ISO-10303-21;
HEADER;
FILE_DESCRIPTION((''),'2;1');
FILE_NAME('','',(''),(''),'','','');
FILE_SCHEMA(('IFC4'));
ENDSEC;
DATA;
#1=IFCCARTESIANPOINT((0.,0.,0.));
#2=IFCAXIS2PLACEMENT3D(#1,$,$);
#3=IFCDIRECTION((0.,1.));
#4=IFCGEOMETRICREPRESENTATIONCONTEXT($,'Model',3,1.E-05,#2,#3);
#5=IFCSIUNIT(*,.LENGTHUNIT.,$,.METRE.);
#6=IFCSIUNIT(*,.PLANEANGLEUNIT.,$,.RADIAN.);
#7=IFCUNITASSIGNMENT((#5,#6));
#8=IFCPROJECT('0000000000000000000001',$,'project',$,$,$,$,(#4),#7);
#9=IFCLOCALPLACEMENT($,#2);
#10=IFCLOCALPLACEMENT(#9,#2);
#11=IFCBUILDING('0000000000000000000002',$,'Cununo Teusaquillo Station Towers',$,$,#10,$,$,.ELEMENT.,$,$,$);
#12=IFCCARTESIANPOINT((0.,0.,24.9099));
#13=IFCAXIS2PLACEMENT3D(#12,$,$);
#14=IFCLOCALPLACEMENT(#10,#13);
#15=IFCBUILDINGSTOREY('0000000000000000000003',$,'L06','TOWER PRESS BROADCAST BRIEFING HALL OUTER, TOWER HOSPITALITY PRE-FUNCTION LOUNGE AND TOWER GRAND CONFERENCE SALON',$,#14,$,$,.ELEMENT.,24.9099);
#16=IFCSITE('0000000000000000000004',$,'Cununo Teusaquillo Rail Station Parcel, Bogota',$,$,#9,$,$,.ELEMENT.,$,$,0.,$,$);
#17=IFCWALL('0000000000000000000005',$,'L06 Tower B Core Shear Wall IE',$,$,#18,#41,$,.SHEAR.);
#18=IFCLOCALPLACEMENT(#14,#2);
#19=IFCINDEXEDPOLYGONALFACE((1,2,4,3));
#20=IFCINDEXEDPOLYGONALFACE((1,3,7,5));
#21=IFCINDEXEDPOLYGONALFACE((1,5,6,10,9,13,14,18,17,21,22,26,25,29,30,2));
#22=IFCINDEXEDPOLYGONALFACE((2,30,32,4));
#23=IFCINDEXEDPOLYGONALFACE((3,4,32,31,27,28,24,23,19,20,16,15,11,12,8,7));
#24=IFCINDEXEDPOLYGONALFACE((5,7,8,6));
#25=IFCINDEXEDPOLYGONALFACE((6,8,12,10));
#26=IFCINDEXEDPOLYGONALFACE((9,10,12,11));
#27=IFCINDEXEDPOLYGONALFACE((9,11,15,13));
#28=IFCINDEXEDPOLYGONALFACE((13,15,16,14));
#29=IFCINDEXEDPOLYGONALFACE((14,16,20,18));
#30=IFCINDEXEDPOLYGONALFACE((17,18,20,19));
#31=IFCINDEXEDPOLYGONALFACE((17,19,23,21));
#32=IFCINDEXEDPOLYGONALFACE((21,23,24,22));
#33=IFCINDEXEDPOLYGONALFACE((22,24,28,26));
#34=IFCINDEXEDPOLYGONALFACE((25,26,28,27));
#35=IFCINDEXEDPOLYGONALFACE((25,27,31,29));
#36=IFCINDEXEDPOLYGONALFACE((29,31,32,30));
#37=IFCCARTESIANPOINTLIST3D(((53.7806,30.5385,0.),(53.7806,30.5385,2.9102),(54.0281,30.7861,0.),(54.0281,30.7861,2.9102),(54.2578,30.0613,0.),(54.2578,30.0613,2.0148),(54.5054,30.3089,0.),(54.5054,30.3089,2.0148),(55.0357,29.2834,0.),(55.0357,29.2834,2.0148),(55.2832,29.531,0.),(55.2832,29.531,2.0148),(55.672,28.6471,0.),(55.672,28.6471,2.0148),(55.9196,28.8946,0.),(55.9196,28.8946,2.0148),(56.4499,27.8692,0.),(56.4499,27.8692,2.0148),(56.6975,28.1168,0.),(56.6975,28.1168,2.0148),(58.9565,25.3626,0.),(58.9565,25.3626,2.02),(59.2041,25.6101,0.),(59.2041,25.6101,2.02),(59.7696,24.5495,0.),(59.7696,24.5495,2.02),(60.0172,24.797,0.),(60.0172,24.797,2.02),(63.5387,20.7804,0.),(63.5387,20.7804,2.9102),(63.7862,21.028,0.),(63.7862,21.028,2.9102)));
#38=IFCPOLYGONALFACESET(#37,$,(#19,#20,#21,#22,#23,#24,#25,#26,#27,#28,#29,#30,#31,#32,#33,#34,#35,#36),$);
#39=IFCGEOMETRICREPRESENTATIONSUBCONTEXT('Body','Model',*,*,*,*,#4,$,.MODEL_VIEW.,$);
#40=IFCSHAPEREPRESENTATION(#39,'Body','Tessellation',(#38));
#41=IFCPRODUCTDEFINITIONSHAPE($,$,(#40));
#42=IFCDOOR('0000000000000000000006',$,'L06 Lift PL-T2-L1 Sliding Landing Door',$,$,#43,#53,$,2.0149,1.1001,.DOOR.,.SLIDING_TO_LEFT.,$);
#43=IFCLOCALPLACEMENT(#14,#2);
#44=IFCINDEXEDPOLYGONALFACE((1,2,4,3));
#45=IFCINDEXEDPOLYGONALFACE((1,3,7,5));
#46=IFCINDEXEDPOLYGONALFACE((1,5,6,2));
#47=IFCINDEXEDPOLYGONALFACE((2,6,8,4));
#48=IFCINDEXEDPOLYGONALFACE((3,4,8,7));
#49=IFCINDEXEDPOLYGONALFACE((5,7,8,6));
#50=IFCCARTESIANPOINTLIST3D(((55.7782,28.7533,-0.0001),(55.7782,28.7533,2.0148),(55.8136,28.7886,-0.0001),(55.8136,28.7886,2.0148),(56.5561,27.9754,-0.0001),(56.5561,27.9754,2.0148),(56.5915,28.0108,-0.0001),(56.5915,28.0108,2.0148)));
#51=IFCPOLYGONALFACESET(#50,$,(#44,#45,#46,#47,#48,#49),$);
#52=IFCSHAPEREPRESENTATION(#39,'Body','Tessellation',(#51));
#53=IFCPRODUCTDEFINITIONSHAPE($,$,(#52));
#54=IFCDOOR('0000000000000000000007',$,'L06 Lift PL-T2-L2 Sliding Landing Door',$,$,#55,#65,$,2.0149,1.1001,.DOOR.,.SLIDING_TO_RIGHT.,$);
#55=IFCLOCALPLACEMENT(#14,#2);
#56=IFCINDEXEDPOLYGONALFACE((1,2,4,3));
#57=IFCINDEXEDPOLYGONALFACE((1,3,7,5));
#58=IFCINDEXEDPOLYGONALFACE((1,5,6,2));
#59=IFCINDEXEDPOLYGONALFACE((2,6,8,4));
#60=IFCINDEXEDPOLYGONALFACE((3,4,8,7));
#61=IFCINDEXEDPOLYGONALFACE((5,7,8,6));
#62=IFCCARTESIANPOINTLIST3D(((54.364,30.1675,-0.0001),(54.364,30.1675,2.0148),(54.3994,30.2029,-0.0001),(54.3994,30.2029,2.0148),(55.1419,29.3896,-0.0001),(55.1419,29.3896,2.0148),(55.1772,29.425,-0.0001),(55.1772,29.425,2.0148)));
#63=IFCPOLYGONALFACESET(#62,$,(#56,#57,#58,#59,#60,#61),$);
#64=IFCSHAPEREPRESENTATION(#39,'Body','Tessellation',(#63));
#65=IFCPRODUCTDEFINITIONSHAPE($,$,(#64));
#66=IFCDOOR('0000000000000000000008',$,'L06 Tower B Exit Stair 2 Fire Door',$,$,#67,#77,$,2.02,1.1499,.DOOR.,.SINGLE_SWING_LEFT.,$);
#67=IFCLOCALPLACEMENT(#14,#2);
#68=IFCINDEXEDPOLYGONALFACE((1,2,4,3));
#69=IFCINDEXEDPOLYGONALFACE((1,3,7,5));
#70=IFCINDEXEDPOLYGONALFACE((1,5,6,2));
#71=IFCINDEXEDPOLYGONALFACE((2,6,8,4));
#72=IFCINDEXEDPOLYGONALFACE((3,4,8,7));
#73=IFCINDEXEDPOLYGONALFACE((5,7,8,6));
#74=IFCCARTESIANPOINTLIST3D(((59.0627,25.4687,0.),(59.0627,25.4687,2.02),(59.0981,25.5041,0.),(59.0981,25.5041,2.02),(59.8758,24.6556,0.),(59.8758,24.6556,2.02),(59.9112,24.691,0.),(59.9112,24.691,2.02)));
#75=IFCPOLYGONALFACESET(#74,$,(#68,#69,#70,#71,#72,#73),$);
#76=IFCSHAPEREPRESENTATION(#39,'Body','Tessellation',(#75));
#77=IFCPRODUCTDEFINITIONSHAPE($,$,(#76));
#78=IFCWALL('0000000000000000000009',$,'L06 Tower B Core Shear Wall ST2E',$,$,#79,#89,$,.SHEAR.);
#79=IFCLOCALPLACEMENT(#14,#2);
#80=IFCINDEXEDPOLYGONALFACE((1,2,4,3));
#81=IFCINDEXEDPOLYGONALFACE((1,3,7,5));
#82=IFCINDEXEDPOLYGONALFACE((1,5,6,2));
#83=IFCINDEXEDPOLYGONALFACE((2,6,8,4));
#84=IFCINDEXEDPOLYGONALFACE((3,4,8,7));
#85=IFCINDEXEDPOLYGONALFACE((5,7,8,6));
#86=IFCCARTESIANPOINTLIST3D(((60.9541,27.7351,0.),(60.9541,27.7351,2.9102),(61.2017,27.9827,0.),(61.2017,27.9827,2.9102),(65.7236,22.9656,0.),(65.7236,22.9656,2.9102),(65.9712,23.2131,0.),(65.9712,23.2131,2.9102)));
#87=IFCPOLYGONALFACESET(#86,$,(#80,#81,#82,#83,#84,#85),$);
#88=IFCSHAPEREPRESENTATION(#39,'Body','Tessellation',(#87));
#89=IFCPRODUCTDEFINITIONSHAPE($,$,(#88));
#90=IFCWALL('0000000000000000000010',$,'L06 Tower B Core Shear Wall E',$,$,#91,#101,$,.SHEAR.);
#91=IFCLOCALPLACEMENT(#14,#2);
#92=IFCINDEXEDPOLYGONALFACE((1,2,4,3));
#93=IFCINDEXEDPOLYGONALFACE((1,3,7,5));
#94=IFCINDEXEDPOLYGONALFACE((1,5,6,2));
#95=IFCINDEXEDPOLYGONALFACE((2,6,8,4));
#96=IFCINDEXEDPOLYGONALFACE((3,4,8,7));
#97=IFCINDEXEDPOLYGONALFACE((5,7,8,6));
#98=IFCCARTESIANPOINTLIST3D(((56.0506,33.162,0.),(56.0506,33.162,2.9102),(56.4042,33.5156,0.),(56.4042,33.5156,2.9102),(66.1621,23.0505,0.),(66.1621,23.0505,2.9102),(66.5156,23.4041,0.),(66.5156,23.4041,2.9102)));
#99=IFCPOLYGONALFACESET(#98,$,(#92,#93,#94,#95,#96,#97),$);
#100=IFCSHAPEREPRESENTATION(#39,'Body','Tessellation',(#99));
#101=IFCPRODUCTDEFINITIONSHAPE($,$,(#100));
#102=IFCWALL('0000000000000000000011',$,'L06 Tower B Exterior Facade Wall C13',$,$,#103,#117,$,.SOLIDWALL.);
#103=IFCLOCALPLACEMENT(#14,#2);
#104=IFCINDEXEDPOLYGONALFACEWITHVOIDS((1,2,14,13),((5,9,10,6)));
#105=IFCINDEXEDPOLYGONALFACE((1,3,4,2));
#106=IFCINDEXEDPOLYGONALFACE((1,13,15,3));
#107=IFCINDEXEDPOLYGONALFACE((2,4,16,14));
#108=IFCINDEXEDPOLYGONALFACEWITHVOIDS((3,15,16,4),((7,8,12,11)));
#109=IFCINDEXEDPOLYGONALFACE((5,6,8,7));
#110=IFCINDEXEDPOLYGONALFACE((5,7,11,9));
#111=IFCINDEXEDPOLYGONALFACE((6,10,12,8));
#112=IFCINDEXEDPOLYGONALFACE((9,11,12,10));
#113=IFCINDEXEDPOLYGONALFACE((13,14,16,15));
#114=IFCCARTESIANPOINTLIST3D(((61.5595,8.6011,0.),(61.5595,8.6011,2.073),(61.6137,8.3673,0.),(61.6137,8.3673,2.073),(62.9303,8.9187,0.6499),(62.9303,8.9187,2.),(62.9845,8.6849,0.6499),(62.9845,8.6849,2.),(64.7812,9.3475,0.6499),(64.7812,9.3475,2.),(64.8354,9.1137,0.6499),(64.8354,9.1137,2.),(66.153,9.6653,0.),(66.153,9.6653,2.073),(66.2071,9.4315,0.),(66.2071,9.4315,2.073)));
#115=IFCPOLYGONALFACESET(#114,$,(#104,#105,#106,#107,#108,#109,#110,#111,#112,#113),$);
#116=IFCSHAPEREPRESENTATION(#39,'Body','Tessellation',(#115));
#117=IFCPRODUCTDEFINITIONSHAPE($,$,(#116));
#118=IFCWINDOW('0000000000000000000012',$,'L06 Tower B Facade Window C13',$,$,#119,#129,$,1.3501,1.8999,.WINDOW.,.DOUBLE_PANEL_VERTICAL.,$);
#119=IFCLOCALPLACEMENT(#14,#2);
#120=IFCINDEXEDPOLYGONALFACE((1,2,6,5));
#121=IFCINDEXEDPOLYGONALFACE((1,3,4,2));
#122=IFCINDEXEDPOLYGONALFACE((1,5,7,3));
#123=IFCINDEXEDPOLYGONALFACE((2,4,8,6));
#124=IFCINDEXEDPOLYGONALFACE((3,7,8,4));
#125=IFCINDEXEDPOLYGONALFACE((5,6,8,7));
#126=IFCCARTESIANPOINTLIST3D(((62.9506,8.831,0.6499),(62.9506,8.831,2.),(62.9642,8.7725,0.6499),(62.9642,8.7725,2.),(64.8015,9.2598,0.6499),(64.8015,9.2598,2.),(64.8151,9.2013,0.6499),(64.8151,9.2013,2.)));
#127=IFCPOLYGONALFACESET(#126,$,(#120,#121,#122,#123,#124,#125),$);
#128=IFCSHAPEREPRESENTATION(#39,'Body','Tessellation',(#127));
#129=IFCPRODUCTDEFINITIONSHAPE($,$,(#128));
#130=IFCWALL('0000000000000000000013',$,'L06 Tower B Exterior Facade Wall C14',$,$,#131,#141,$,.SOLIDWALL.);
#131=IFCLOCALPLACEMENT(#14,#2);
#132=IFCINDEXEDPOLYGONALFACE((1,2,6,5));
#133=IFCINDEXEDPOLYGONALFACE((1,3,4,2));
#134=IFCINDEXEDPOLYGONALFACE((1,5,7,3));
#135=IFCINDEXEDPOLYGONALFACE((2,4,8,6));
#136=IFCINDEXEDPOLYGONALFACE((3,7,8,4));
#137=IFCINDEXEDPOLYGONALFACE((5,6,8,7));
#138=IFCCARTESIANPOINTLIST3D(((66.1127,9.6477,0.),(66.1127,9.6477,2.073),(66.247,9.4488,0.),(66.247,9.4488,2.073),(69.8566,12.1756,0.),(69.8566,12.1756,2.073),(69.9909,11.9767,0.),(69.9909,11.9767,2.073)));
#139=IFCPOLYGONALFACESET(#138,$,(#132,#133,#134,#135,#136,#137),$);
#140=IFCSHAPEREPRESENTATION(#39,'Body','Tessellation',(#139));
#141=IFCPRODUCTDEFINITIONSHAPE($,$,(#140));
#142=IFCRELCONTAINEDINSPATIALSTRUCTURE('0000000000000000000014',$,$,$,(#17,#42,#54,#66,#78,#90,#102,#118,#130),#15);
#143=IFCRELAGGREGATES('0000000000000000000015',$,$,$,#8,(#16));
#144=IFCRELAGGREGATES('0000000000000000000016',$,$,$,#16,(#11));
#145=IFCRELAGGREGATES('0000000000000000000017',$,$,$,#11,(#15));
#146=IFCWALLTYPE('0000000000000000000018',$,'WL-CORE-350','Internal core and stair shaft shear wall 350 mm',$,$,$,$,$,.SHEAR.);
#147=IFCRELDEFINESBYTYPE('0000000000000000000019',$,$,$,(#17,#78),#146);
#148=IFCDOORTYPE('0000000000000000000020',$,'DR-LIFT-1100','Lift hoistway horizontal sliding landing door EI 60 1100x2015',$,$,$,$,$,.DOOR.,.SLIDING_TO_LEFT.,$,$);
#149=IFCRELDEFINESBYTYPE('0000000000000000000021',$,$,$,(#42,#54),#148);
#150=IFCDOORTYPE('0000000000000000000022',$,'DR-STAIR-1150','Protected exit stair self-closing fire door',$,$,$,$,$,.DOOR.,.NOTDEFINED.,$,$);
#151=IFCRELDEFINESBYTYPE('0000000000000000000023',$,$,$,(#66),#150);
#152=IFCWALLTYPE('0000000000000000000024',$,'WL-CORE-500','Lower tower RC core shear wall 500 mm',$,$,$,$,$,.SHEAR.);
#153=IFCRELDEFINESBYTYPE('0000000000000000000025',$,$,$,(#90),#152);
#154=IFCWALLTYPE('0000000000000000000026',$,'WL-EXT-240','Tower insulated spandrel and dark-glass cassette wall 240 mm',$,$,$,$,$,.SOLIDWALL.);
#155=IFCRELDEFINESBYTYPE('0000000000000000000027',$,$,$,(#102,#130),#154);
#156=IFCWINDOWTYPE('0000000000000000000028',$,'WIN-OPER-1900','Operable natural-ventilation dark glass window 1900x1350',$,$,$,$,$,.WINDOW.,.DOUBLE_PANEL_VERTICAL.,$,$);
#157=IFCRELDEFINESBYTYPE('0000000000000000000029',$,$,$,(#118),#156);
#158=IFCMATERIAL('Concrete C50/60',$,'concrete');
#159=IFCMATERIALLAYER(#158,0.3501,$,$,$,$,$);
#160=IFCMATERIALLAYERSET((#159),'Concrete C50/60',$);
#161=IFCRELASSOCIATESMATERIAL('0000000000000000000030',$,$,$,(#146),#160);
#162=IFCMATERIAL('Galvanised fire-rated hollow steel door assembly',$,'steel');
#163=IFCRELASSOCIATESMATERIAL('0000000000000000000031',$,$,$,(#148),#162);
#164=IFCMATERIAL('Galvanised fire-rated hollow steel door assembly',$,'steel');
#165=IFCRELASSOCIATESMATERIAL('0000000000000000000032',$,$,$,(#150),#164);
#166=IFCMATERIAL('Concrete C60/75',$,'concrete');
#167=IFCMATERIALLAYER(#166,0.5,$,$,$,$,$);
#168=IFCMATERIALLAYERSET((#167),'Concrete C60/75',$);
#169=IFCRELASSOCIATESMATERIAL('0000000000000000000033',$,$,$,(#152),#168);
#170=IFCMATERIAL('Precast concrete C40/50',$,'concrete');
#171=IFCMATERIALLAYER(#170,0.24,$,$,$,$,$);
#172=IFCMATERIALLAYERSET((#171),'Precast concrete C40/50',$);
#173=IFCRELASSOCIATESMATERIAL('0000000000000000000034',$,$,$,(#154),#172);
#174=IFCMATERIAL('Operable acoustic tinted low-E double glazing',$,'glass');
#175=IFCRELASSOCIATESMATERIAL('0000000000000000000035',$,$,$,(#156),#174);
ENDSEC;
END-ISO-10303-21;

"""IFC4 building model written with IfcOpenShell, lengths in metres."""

from ifc_helpers import new_model, si_unit, direction, frame, frame_2d, origin, place, context, subcontext, project, spatial, rectangle, extrude, source, transform, mapped, material, layer, layer_set, type_object, element, fill, save


model = new_model("IFC4")

# Units and contexts
model_context = context("Model", 3, precision=1e-05, world=origin(), true_north=direction((0.0, 1.0)))
body_context = subcontext(model_context, "Body", "Model", "MODEL_VIEW")
ifc_project = project(units=[si_unit("LENGTHUNIT", "METRE"), si_unit("PLANEANGLEUNIT", "RADIAN")], contexts=[model_context])

# Site, building, storey
site_placement = place(None, origin())
site = spatial("IfcSite", under=ifc_project, at=site_placement, Name="Cununo Teusaquillo Rail Station Parcel, Bogota", CompositionType="ELEMENT", RefElevation=0.0)
building_placement = place(site_placement, origin())
building = spatial("IfcBuilding", under=site, at=building_placement, Name="Cununo Teusaquillo Station Towers", CompositionType="ELEMENT")
storey_placement = place(building_placement, frame((0.0, 0.0, 24.9099)))
storey = spatial("IfcBuildingStorey", under=building, at=storey_placement, Name="L06", Description="TOWER PRESS BROADCAST BRIEFING HALL OUTER, TOWER HOSPITALITY PRE-FUNCTION LOUNGE AND TOWER GRAND CONFERENCE SALON", CompositionType="ELEMENT", Elevation=24.9099)

# Wall, openings, doors
ifc_material_1 = material(Name="Concrete C50/60", Category="concrete")
ifc_layer_1 = layer(ifc_material_1, 0.3501)
ifc_layer_set_1 = layer_set([ifc_layer_1], Name="Concrete C50/60")
wall_type_1 = type_object("IfcWallType", Name="WL-CORE-350", Description="Internal core and stair shaft shear wall 350 mm", PredefinedType="SHEAR", material=ifc_layer_set_1)
wall_1_placement = place(storey_placement, frame((63.6624, 20.9043, 0.0), z_axis=(0.0, 0.0, 1.0), x_axis=(-0.707107, 0.707107, 0.0)))
wall_1 = element("IfcWall", 1, at=wall_1_placement, inside=storey, type_object=wall_type_1, Name="L06 Tower B Core Shear Wall IE", PredefinedType="SHEAR", context=body_context, shape_type="SweptSolid", body=[
    extrude(rectangle(XDim=13.8, YDim=0.3501, at=frame_2d((6.8999, 0.0))), origin(), (0.0, 0.0, 1.0), 2.9102),
])
shared_shape_1 = source(origin(), body_context, "Body", "SweptSolid", [
    extrude(rectangle(XDim=1.1001, YDim=2.0149, at=frame_2d((0.55, 1.0073))), frame((0.0, 0.1851, 0.0), z_axis=(0.0, -1.0, 0.0), x_axis=(1.0, 0.0, 0.0)), (0.0, 0.0, 1.0), 0.3701),
])
opening_1_placement = place(wall_1_placement, frame((10.0249, 0.0, 0.0)))
opening_1 = element("IfcOpeningElement", 2, at=opening_1_placement, cuts=wall_1, PredefinedType="OPENING", context=body_context, shape_type="MappedRepresentation", body=[
    mapped(shared_shape_1, transform((0.0, 0.0, 0.0), x_axis=(1.0, 0.0, 0.0), y_axis=(0.0, 1.0, 0.0), z_axis=(0.0, 0.0, 1.0), scale=1.0)),
])
opening_2_placement = place(wall_1_placement, frame((12.0249, 0.0, 0.0)))
opening_2 = element("IfcOpeningElement", 3, at=opening_2_placement, cuts=wall_1, PredefinedType="OPENING", context=body_context, shape_type="MappedRepresentation", body=[
    mapped(shared_shape_1, transform((0.0, 0.0, 0.0), x_axis=(1.0, 0.0, 0.0), y_axis=(0.0, 1.0, 0.0), z_axis=(0.0, 0.0, 1.0), scale=1.0)),
])
shared_shape_2 = source(origin(), body_context, "Body", "SweptSolid", [
    extrude(rectangle(XDim=1.1499, YDim=2.02, at=frame_2d((0.575, 1.01))), frame((0.0, 0.1851, 0.0), z_axis=(0.0, -1.0, 0.0), x_axis=(1.0, 0.0, 0.0)), (0.0, 0.0, 1.0), 0.3701),
])
opening_3_placement = place(wall_1_placement, frame((5.3301, 0.0, 0.0)))
opening_3 = element("IfcOpeningElement", 4, at=opening_3_placement, cuts=wall_1, PredefinedType="OPENING", context=body_context, shape_type="MappedRepresentation", body=[
    mapped(shared_shape_2, transform((0.0, 0.0, 0.0), x_axis=(1.0, 0.0, 0.0), y_axis=(0.0, 1.0, 0.0), z_axis=(0.0, 0.0, 1.0), scale=1.0)),
])
ifc_material_2 = material(Name="Galvanised fire-rated hollow steel door assembly", Category="steel")
door_type_1 = type_object("IfcDoorType", Name="DR-LIFT-1100", Description="Lift hoistway horizontal sliding landing door EI 60 1100x2015", OperationType="SLIDING_TO_LEFT", PredefinedType="DOOR", material=ifc_material_2)
shared_shape_3 = source(origin(), body_context, "Body", "SweptSolid", [
    extrude(rectangle(XDim=1.1001, YDim=2.0149, at=frame_2d((0.55, 1.0073))), frame((0.0, 0.0249, 0.0), z_axis=(0.0, -1.0, 0.0), x_axis=(1.0, 0.0, 0.0)), (0.0, 0.0, 1.0), 0.05),
])
door_1_placement = place(opening_1_placement, origin())
door_1 = element("IfcDoor", 5, at=door_1_placement, inside=storey, type_object=door_type_1, Name="L06 Lift PL-T2-L1 Sliding Landing Door", OperationType="SLIDING_TO_LEFT", OverallHeight=2.0149, OverallWidth=1.1001, PredefinedType="DOOR", context=body_context, shape_type="MappedRepresentation", body=[
    mapped(shared_shape_3, transform((0.0, 0.0, 0.0), x_axis=(1.0, 0.0, 0.0), y_axis=(0.0, 1.0, 0.0), z_axis=(0.0, 0.0, 1.0), scale=1.0)),
])
fill(opening_1, door_1)
door_2_placement = place(opening_2_placement, origin())
door_2 = element("IfcDoor", 6, at=door_2_placement, inside=storey, type_object=door_type_1, Name="L06 Lift PL-T2-L2 Sliding Landing Door", OperationType="SLIDING_TO_RIGHT", OverallHeight=2.0149, OverallWidth=1.1001, PredefinedType="DOOR", context=body_context, shape_type="MappedRepresentation", body=[
    mapped(shared_shape_3, transform((0.0, 0.0, 0.0), x_axis=(1.0, 0.0, 0.0), y_axis=(0.0, 1.0, 0.0), z_axis=(0.0, 0.0, 1.0), scale=1.0)),
])
fill(opening_2, door_2)
ifc_material_3 = material(Name="Galvanised fire-rated hollow steel door assembly", Category="steel")
door_type_2 = type_object("IfcDoorType", Name="DR-STAIR-1150", Description="Protected exit stair self-closing fire door", OperationType="NOTDEFINED", PredefinedType="DOOR", material=ifc_material_3)
shared_shape_4 = source(origin(), body_context, "Body", "SweptSolid", [
    extrude(rectangle(XDim=1.1499, YDim=2.02, at=frame_2d((0.575, 1.01))), frame((0.0, 0.0249, 0.0), z_axis=(0.0, -1.0, 0.0), x_axis=(1.0, 0.0, 0.0)), (0.0, 0.0, 1.0), 0.05),
])
door_3_placement = place(opening_3_placement, origin())
door_3 = element("IfcDoor", 7, at=door_3_placement, inside=storey, type_object=door_type_2, Name="L06 Tower B Exit Stair 2 Fire Door", OperationType="SINGLE_SWING_LEFT", OverallHeight=2.02, OverallWidth=1.1499, PredefinedType="DOOR", context=body_context, shape_type="MappedRepresentation", body=[
    mapped(shared_shape_4, transform((0.0, 0.0, 0.0), x_axis=(1.0, 0.0, 0.0), y_axis=(0.0, 1.0, 0.0), z_axis=(0.0, 0.0, 1.0), scale=1.0)),
])
fill(opening_3, door_3)

# Walls
wall_2_placement = place(storey_placement, frame((65.8474, 23.0894, 0.0), z_axis=(0.0, 0.0, 1.0), x_axis=(-0.707107, 0.707107, 0.0)))
element("IfcWall", 8, at=wall_2_placement, inside=storey, type_object=wall_type_1, Name="L06 Tower B Core Shear Wall ST2E", PredefinedType="SHEAR", context=body_context, shape_type="SweptSolid", body=[
    extrude(rectangle(XDim=6.7451, YDim=0.3501, at=frame_2d((3.3726, 0.0))), origin(), (0.0, 0.0, 1.0), 2.9102),
])
ifc_material_4 = material(Name="Concrete C60/75", Category="concrete")
ifc_layer_2 = layer(ifc_material_4, 0.5)
ifc_layer_set_2 = layer_set([ifc_layer_2], Name="Concrete C60/75")
wall_type_2 = type_object("IfcWallType", Name="WL-CORE-500", Description="Lower tower RC core shear wall 500 mm", PredefinedType="SHEAR", material=ifc_layer_set_2)
wall_3_placement = place(storey_placement, frame((66.3389, 23.2273, 0.0), z_axis=(0.0, 0.0, 1.0), x_axis=(-0.707107, 0.707107, 0.0)))
element("IfcWall", 9, at=wall_3_placement, inside=storey, type_object=wall_type_2, Name="L06 Tower B Core Shear Wall E", PredefinedType="SHEAR", context=body_context, shape_type="SweptSolid", body=[
    extrude(rectangle(XDim=14.2998, YDim=0.5, at=frame_2d((7.1499, 0.0))), origin(), (0.0, 0.0, 1.0), 2.9102),
])

# Wall, opening, window
ifc_material_5 = material(Name="Precast concrete C40/50", Category="concrete")
ifc_layer_3 = layer(ifc_material_5, 0.24)
ifc_layer_set_3 = layer_set([ifc_layer_3], Name="Precast concrete C40/50")
wall_type_3 = type_object("IfcWallType", Name="WL-EXT-240", Description="Tower insulated spandrel and dark-glass cassette wall 240 mm", PredefinedType="SOLIDWALL", material=ifc_layer_set_3)
wall_4_placement = place(storey_placement, frame((66.1799, 9.5483, 0.0), z_axis=(0.0, 0.0, 1.0), x_axis=(-0.974197, -0.225699, 0.0)))
wall_4 = element("IfcWall", 10, at=wall_4_placement, inside=storey, type_object=wall_type_3, Name="L06 Tower B Exterior Facade Wall C13", PredefinedType="SOLIDWALL", context=body_context, shape_type="SweptSolid", body=[
    extrude(rectangle(XDim=4.7151, YDim=0.24, at=frame_2d((2.3574, 0.0))), origin(), (0.0, 0.0, 1.0), 2.073),
])
shared_shape_5 = source(origin(), body_context, "Body", "SweptSolid", [
    extrude(rectangle(XDim=1.8999, YDim=1.3501, at=frame_2d((0.95, 0.675))), frame((0.0, 0.1299, 0.0), z_axis=(0.0, -1.0, 0.0), x_axis=(1.0, 0.0, 0.0)), (0.0, 0.0, 1.0), 0.26),
])
opening_4_placement = place(wall_4_placement, frame((1.408, 0.0, 0.6499)))
opening_4 = element("IfcOpeningElement", 11, at=opening_4_placement, cuts=wall_4, PredefinedType="OPENING", context=body_context, shape_type="MappedRepresentation", body=[
    mapped(shared_shape_5, transform((0.0, 0.0, 0.0), x_axis=(1.0, 0.0, 0.0), y_axis=(0.0, 1.0, 0.0), z_axis=(0.0, 0.0, 1.0), scale=1.0)),
])
ifc_material_6 = material(Name="Operable acoustic tinted low-E double glazing", Category="glass")
window_type_1 = type_object("IfcWindowType", Name="WIN-OPER-1900", Description="Operable natural-ventilation dark glass window 1900x1350", PartitioningType="DOUBLE_PANEL_VERTICAL", PredefinedType="WINDOW", material=ifc_material_6)
shared_shape_6 = source(origin(), body_context, "Body", "SweptSolid", [
    extrude(rectangle(XDim=1.8999, YDim=1.3501, at=frame_2d((0.95, 0.675))), frame((0.0, 0.03, 0.0), z_axis=(0.0, -1.0, 0.0), x_axis=(1.0, 0.0, 0.0)), (0.0, 0.0, 1.0), 0.0601),
])
window_1_placement = place(opening_4_placement, origin())
window_1 = element("IfcWindow", 12, at=window_1_placement, inside=storey, type_object=window_type_1, Name="L06 Tower B Facade Window C13", OverallHeight=1.3501, OverallWidth=1.8999, PartitioningType="DOUBLE_PANEL_VERTICAL", PredefinedType="WINDOW", context=body_context, shape_type="MappedRepresentation", body=[
    mapped(shared_shape_6, transform((0.0, 0.0, 0.0), x_axis=(1.0, 0.0, 0.0), y_axis=(0.0, 1.0, 0.0), z_axis=(0.0, 0.0, 1.0), scale=1.0)),
])
fill(opening_4, window_1)

# Wall
wall_5_placement = place(storey_placement, frame((69.9238, 12.0762, 0.0), z_axis=(0.0, 0.0, 1.0), x_axis=(-0.828777, -0.55958, 0.0)))
element("IfcWall", 13, at=wall_5_placement, inside=storey, type_object=wall_type_3, Name="L06 Tower B Exterior Facade Wall C14", PredefinedType="SOLIDWALL", context=body_context, shape_type="SweptSolid", body=[
    extrude(rectangle(XDim=4.5173, YDim=0.24, at=frame_2d((2.2588, 0.0))), origin(), (0.0, 0.0, 1.0), 2.073),
])

save(model, "model.ifc")
